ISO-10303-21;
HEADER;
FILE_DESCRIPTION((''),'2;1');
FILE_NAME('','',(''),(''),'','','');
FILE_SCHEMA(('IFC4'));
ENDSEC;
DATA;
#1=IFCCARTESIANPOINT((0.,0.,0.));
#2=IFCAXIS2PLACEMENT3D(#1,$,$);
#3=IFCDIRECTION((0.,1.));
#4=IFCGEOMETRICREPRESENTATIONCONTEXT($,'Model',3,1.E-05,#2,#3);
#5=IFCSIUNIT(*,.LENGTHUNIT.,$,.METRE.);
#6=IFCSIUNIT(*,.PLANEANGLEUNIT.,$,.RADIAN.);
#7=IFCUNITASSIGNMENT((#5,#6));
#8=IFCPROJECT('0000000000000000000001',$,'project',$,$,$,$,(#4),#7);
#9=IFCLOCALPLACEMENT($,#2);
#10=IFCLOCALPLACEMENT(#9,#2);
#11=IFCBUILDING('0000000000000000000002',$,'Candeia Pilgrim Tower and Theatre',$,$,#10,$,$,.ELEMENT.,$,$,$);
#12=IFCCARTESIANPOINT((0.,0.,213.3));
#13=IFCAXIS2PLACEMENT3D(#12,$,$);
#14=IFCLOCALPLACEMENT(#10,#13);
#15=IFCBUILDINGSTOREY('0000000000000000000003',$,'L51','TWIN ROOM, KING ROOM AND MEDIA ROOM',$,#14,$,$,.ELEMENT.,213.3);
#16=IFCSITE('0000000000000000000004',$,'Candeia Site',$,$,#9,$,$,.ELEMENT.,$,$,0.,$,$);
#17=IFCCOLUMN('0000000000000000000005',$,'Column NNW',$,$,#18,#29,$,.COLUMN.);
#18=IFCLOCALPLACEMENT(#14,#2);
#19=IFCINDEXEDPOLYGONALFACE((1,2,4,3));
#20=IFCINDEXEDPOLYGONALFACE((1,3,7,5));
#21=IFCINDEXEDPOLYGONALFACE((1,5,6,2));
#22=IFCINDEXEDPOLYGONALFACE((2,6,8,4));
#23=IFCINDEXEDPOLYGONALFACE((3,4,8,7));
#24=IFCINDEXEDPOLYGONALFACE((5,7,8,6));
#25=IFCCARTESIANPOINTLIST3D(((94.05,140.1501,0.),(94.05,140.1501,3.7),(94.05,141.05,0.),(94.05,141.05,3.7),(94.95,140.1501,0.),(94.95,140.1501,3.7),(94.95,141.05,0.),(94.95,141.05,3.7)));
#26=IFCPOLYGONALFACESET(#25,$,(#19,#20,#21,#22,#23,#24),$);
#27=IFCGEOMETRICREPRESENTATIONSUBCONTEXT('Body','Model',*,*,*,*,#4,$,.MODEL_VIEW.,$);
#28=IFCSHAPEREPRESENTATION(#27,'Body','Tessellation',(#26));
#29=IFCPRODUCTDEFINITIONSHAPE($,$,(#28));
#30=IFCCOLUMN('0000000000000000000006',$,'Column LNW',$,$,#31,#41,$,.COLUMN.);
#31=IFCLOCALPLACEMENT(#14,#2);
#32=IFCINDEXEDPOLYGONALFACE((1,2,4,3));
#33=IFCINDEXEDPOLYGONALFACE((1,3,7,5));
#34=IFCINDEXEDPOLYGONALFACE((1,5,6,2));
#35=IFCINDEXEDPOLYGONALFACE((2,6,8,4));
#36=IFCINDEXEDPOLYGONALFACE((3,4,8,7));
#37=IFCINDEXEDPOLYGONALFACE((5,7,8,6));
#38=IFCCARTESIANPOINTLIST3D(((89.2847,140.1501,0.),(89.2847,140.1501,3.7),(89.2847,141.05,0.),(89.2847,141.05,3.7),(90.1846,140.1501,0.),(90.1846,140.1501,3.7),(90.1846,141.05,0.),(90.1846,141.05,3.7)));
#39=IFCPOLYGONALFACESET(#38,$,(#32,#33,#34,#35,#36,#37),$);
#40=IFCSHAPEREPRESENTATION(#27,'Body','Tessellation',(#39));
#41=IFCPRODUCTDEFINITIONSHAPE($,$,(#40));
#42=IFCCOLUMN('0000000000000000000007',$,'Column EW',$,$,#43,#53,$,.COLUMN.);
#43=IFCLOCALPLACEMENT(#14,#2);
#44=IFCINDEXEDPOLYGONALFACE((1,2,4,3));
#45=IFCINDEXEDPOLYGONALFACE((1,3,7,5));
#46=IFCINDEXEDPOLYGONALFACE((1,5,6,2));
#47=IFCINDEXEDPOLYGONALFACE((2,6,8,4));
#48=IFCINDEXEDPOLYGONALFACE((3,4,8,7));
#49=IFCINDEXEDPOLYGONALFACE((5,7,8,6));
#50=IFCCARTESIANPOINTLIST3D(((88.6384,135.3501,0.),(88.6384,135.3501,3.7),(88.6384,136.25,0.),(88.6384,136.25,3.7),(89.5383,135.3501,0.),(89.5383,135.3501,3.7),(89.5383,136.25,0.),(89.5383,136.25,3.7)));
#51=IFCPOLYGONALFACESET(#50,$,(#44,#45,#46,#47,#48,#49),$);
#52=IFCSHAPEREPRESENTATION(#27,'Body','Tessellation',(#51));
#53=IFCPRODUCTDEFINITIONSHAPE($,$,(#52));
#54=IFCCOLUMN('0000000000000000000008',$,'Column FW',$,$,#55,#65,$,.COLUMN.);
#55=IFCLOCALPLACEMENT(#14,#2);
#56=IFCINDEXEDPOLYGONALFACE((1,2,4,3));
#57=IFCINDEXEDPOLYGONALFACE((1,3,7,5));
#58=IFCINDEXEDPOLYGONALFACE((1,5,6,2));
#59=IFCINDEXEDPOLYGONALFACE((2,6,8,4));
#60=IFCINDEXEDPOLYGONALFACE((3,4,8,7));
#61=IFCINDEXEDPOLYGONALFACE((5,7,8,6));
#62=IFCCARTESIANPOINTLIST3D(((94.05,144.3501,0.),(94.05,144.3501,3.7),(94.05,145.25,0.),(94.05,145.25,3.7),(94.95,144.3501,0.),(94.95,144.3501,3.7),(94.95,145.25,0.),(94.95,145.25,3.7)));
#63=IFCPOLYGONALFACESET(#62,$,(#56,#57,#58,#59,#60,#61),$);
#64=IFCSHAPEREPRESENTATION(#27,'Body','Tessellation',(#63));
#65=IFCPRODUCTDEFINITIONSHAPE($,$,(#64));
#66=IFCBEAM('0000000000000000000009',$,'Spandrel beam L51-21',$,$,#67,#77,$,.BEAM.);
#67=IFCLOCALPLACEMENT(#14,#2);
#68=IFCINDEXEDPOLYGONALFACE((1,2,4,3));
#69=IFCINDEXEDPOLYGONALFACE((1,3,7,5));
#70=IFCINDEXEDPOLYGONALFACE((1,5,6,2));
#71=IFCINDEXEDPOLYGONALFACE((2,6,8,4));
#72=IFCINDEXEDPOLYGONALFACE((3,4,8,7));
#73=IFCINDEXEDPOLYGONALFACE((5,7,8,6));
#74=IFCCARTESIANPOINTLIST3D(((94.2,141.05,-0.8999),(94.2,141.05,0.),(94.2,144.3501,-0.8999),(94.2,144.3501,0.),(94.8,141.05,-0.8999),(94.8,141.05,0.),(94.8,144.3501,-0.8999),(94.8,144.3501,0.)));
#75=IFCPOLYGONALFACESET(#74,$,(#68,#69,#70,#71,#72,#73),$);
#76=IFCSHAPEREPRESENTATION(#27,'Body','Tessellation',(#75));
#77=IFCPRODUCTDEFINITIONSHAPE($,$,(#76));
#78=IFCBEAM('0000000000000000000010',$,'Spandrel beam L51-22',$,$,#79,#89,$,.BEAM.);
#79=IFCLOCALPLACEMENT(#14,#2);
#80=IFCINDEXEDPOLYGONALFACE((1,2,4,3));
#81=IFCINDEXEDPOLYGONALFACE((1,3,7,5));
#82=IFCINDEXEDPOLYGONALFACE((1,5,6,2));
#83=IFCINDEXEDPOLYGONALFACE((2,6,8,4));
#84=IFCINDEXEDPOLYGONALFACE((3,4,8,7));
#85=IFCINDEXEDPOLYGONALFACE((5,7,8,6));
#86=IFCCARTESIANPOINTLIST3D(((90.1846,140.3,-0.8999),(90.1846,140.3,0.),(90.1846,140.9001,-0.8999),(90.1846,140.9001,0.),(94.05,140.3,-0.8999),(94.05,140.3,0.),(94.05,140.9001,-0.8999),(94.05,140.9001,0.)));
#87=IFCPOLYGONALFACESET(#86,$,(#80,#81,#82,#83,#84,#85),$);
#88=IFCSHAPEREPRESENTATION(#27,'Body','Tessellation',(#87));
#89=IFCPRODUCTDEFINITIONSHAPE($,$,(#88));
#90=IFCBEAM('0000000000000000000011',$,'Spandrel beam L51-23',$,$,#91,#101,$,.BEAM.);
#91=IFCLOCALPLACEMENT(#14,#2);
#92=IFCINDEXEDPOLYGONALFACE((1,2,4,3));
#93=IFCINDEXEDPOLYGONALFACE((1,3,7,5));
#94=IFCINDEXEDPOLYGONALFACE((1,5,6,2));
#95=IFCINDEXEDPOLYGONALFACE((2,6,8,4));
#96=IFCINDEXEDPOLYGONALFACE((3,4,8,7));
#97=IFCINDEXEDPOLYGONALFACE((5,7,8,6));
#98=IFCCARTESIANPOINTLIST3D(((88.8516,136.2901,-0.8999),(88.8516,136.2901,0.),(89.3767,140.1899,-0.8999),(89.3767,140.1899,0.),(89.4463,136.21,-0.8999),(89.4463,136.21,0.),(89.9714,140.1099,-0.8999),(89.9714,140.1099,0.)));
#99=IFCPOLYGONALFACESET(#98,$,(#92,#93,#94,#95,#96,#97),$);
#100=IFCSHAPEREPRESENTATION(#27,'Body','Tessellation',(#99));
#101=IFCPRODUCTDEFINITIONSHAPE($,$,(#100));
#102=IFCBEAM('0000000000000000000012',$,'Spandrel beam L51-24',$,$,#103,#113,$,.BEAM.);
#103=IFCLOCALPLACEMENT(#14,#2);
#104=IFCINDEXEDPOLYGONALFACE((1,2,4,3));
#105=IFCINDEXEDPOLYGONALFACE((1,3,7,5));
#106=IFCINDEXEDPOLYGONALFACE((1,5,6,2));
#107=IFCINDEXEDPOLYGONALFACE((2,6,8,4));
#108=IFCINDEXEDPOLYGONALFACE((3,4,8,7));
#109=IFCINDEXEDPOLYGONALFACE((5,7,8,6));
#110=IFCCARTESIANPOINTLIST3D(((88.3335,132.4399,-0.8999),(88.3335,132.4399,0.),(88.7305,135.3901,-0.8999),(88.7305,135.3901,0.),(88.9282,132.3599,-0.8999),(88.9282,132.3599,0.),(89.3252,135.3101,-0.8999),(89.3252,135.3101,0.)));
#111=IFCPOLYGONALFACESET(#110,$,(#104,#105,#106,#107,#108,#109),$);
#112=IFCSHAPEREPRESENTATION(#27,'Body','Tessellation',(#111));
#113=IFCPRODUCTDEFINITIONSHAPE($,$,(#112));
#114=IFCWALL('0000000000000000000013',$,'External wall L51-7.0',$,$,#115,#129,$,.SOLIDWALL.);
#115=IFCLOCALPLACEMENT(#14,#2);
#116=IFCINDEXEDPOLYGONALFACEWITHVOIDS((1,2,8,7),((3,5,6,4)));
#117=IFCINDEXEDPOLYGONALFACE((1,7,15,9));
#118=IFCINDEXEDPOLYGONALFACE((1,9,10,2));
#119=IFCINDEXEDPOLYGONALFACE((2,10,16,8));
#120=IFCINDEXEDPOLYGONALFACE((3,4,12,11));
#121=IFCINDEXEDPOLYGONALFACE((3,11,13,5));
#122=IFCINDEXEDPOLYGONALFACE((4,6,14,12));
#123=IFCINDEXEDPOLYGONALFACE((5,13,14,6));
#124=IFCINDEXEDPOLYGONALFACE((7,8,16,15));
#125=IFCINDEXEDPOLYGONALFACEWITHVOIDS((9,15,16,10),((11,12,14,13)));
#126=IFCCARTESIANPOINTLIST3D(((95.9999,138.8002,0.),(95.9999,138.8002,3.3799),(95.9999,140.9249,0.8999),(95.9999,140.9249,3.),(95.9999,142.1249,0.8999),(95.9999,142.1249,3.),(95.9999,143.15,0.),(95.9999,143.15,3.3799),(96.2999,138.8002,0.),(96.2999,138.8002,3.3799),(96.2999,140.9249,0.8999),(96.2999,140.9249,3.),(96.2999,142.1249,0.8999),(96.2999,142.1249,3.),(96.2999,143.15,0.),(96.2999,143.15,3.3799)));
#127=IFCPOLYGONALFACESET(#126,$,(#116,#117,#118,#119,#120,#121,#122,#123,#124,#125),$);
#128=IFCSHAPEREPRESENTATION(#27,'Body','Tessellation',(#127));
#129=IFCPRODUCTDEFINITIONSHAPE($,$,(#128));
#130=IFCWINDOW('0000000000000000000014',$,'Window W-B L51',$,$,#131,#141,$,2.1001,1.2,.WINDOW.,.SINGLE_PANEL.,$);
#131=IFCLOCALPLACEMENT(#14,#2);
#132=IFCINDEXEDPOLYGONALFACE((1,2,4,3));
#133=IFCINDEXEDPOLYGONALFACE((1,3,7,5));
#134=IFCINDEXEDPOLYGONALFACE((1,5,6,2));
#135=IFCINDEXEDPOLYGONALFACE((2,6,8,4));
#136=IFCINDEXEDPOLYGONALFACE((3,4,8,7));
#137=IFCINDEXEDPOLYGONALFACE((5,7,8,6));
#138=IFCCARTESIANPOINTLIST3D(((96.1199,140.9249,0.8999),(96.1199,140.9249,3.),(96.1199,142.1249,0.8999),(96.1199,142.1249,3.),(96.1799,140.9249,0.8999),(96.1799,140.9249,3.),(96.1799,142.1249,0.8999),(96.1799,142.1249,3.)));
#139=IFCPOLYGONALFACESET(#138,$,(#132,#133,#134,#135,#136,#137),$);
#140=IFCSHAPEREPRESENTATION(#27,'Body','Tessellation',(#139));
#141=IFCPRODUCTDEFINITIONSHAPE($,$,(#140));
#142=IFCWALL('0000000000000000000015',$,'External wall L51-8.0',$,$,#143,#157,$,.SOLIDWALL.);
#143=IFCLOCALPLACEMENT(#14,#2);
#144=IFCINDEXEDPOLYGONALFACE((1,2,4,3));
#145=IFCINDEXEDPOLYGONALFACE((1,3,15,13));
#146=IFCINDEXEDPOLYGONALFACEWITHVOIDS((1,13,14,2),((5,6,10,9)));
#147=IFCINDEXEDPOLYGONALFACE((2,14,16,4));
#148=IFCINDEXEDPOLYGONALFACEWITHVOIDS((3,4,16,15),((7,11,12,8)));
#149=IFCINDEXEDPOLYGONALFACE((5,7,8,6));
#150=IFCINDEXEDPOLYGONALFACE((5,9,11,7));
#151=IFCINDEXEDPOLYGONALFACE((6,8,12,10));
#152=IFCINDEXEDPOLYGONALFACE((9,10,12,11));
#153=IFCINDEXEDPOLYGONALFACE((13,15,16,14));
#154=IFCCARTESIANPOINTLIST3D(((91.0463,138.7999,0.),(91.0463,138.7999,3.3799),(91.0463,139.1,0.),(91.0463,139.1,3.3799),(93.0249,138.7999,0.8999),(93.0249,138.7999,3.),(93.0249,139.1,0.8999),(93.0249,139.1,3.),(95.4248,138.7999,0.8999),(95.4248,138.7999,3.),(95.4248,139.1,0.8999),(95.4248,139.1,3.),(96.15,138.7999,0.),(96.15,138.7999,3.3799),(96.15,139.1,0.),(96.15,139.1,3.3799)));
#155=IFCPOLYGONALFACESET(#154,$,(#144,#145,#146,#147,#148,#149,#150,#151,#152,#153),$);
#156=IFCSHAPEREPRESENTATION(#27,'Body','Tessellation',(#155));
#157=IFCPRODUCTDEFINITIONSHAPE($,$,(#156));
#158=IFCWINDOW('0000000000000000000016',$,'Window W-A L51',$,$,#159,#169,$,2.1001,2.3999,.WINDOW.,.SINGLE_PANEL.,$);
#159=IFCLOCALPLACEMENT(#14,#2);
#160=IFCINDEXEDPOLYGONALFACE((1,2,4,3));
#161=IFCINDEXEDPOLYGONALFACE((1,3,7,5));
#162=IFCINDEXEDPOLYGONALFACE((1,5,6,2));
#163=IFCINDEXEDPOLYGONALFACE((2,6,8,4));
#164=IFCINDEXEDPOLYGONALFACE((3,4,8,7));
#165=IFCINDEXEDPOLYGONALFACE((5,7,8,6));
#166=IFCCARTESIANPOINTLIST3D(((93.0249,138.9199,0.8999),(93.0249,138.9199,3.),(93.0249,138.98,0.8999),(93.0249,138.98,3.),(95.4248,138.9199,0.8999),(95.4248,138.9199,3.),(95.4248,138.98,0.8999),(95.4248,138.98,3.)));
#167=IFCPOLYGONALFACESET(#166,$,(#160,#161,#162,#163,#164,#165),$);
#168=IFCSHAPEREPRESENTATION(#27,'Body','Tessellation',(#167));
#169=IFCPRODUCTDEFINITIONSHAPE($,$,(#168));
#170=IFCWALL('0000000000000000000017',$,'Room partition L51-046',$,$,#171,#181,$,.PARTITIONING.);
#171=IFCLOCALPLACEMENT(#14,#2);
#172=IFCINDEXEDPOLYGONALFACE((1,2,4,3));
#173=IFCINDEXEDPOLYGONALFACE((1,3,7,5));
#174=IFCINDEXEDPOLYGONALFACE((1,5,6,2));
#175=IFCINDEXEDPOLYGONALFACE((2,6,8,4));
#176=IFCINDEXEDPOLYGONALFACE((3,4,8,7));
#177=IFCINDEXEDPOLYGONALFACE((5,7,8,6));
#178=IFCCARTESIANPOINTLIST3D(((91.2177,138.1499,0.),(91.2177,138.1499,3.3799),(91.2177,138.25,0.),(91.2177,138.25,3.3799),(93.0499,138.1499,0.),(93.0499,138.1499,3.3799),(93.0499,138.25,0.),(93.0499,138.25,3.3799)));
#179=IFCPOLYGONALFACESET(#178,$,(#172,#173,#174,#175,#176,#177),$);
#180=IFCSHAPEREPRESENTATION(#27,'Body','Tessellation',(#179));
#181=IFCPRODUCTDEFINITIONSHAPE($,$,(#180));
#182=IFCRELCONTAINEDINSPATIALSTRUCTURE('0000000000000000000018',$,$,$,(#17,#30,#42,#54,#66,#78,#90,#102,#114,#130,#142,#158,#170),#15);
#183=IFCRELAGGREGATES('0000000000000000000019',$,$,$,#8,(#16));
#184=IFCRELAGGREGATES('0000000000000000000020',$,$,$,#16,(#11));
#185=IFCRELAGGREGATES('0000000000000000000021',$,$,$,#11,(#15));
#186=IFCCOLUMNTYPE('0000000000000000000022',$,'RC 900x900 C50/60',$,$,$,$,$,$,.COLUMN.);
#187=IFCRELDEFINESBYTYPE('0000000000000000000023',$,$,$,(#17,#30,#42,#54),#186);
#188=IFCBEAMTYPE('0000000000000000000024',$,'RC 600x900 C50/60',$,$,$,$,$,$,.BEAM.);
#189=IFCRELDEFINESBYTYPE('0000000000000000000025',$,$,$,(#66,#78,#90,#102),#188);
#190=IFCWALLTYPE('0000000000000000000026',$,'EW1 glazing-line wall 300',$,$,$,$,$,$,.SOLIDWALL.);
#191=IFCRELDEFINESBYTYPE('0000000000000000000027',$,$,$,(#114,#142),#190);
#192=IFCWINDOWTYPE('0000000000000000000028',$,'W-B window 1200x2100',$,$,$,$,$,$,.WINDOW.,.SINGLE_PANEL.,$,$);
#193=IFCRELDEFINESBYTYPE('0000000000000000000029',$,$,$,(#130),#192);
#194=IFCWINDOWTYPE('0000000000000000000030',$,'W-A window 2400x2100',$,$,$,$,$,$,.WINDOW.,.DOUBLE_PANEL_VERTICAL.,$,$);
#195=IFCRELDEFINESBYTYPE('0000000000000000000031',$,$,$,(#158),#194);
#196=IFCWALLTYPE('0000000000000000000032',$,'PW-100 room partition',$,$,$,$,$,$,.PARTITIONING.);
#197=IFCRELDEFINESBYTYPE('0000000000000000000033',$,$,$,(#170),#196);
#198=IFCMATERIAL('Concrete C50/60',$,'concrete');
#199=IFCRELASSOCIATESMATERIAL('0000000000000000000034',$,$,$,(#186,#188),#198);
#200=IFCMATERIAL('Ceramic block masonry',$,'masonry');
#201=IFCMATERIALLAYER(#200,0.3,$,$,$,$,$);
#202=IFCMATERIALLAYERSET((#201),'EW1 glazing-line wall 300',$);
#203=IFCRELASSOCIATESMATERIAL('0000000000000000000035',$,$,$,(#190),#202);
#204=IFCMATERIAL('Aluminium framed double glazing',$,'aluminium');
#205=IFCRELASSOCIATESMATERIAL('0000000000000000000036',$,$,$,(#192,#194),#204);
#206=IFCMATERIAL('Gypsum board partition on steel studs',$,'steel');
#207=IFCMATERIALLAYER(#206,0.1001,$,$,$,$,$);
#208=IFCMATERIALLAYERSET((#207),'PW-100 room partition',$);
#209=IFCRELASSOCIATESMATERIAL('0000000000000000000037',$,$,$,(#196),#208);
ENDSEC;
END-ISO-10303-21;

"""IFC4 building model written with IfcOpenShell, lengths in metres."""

from ifc_helpers import new_model, si_unit, direction, frame, frame_2d, origin, origin_2d, place, context, subcontext, project, spatial, rectangle, extrude, material, layer, layer_set, material_profile, profile_set, type_object, element, fill, save


model = new_model("IFC4")

# Units and contexts
model_context = context("Model", 3, precision=1e-05, world=origin(), true_north=direction((0.0, 1.0)))
body_context = subcontext(model_context, "Body", "Model", "MODEL_VIEW")
ifc_project = project(units=[si_unit("LENGTHUNIT", "METRE"), si_unit("PLANEANGLEUNIT", "RADIAN")], contexts=[model_context])

# Site, building, storey
site_placement = place(None, origin())
site = spatial("IfcSite", under=ifc_project, at=site_placement, Name="Candeia Site", CompositionType="ELEMENT", RefElevation=0.0)
building_placement = place(site_placement, origin())
building = spatial("IfcBuilding", under=site, at=building_placement, Name="Candeia Pilgrim Tower and Theatre", CompositionType="ELEMENT")
storey_placement = place(building_placement, frame((0.0, 0.0, 213.3)))
storey = spatial("IfcBuildingStorey", under=building, at=storey_placement, Name="L51", Description="TWIN ROOM, KING ROOM AND MEDIA ROOM", CompositionType="ELEMENT", Elevation=213.3)

# Columns
ifc_material_1 = material(Name="Concrete C50/60", Category="concrete")
ifc_material_profile_1 = material_profile(ifc_material_1, rectangle(XDim=0.8999, YDim=0.8999, at=origin_2d()))
ifc_profile_set_1 = profile_set([ifc_material_profile_1], Name="Concrete C50/60")
column_type = type_object("IfcColumnType", Name="RC 900x900 C50/60", PredefinedType="COLUMN", material=ifc_profile_set_1)
for number, where, z_axis, x_axis, name in (
    (1, (94.5, 140.6001, 0.0), (0.0, 0.0, 1.0), (1.0, 0.0, 0.0), "Column NNW"),
    (2, (89.7346, 140.6001, 0.0), (0.0, 0.0, 1.0), (1.0, 0.0, 0.0), "Column LNW"),
    (3, (89.0884, 135.8, 0.0), (0.0, 0.0, 1.0), (1.0, 0.0, 0.0), "Column EW"),
    (4, (94.5, 144.8, 0.0), (0.0, 0.0, 1.0), (1.0, 0.0, 0.0), "Column FW"),
):
    element("IfcColumn", number, at=place(storey_placement, frame(where, z_axis=z_axis, x_axis=x_axis)), inside=storey, type_object=column_type, Name=name, PredefinedType="COLUMN", context=body_context, shape_type="SweptSolid", body=[
        extrude(rectangle(XDim=0.8999, YDim=0.8999, at=origin_2d()), origin(), (0.0, 0.0, 1.0), 3.7),
    ])

# Beams
ifc_material_profile_2 = material_profile(ifc_material_1, rectangle(XDim=0.6001, YDim=0.8999, at=origin_2d()))
ifc_profile_set_2 = profile_set([ifc_material_profile_2], Name="Concrete C50/60")
beam_type = type_object("IfcBeamType", Name="RC 600x900 C50/60", PredefinedType="BEAM", material=ifc_profile_set_2)
beam_1_placement = place(storey_placement, frame((94.5, 144.3501, -0.45), z_axis=(0.0, -1.0, 0.0), x_axis=(1.0, 0.0, 0.0)))
element("IfcBeam", 5, at=beam_1_placement, inside=storey, type_object=beam_type, Name="Spandrel beam L51-21", PredefinedType="BEAM", context=body_context, shape_type="SweptSolid", body=[
    extrude(rectangle(XDim=0.6001, YDim=0.8999, at=origin_2d()), origin(), (0.0, 0.0, 1.0), 3.3),
])
beam_2_placement = place(storey_placement, frame((94.05, 140.6001, -0.45), z_axis=(-1.0, 0.0, 0.0), x_axis=(0.0, -1.0, 0.0)))
element("IfcBeam", 6, at=beam_2_placement, inside=storey, type_object=beam_type, Name="Spandrel beam L51-22", PredefinedType="BEAM", context=body_context, shape_type="SweptSolid", body=[
    extrude(rectangle(XDim=0.6001, YDim=0.8999, at=origin_2d()), origin(), (0.0, 0.0, 1.0), 3.8655),
])
beam_3_placement = place(storey_placement, frame((89.6741, 140.1499, -0.45), z_axis=(-0.133452, -0.991055, 0.0), x_axis=(0.991055, -0.133452, 0.0)))
element("IfcBeam", 7, at=beam_3_placement, inside=storey, type_object=beam_type, Name="Spandrel beam L51-23", PredefinedType="BEAM", context=body_context, shape_type="SweptSolid", body=[
    extrude(rectangle(XDim=0.6001, YDim=0.8999, at=origin_2d()), origin(), (0.0, 0.0, 1.0), 3.9351),
])
beam_4_placement = place(storey_placement, frame((89.0278, 135.3501, -0.45), z_axis=(-0.133356, -0.991068, 0.0), x_axis=(0.991068, -0.133356, 0.0)))
element("IfcBeam", 8, at=beam_4_placement, inside=storey, type_object=beam_type, Name="Spandrel beam L51-24", PredefinedType="BEAM", context=body_context, shape_type="SweptSolid", body=[
    extrude(rectangle(XDim=0.6001, YDim=0.8999, at=origin_2d()), origin(), (0.0, 0.0, 1.0), 2.9768),
])

# Walls, openings, windows
ifc_material_2 = material(Name="Ceramic block masonry", Category="masonry")
ifc_layer_1 = layer(ifc_material_2, 0.3)
ifc_layer_set_1 = layer_set([ifc_layer_1], Name="EW1 glazing-line wall 300")
wall_type_1 = type_object("IfcWallType", Name="EW1 glazing-line wall 300", PredefinedType="SOLIDWALL", material=ifc_layer_set_1)
wall_1_placement = place(storey_placement, frame((96.1499, 143.1499, 0.0), z_axis=(0.0, 0.0, 1.0), x_axis=(0.0, -1.0, 0.0)))
wall_1 = element("IfcWall", 9, at=wall_1_placement, inside=storey, type_object=wall_type_1, Name="External wall L51-7.0", PredefinedType="SOLIDWALL", context=body_context, shape_type="SweptSolid", body=[
    extrude(rectangle(XDim=4.3499, YDim=0.3, at=frame_2d((2.1748, 0.0))), origin(), (0.0, 0.0, 1.0), 3.3799),
])
opening_1_placement = place(wall_1_placement, frame((1.0249, 0.0, 0.8999)))
opening_1 = element("IfcOpeningElement", 10, at=opening_1_placement, cuts=wall_1, PredefinedType="OPENING", context=body_context, shape_type="SweptSolid", body=[
    extrude(rectangle(XDim=1.2, YDim=2.1001, at=frame_2d((0.6001, 1.05))), frame((0.0, 0.1602, 0.0), z_axis=(0.0, -1.0, 0.0), x_axis=(1.0, 0.0, 0.0)), (0.0, 0.0, 1.0), 0.3201),
])
ifc_material_3 = material(Name="Aluminium framed double glazing", Category="aluminium")
window_type_1 = type_object("IfcWindowType", Name="W-B window 1200x2100", PartitioningType="SINGLE_PANEL", PredefinedType="WINDOW", material=ifc_material_3)
window_1_placement = place(opening_1_placement, origin())
window_1 = element("IfcWindow", 11, at=window_1_placement, inside=storey, type_object=window_type_1, Name="Window W-B L51", OverallHeight=2.1001, OverallWidth=1.2, PartitioningType="SINGLE_PANEL", PredefinedType="WINDOW", context=body_context, shape_type="SweptSolid", body=[
    extrude(rectangle(XDim=1.2, YDim=2.1001, at=frame_2d((0.6001, 1.05))), frame((0.0, 0.03, 0.0), z_axis=(0.0, -1.0, 0.0), x_axis=(1.0, 0.0, 0.0)), (0.0, 0.0, 1.0), 0.0601),
])
fill(opening_1, window_1)
wall_2_placement = place(storey_placement, frame((96.1499, 138.95, 0.0), z_axis=(0.0, 0.0, 1.0), x_axis=(-1.0, 0.0, 0.0)))
wall_2 = element("IfcWall", 12, at=wall_2_placement, inside=storey, type_object=wall_type_1, Name="External wall L51-8.0", PredefinedType="SOLIDWALL", context=body_context, shape_type="SweptSolid", body=[
    extrude(rectangle(XDim=5.1038, YDim=0.3, at=frame_2d((2.5518, 0.0))), origin(), (0.0, 0.0, 1.0), 3.3799),
])
opening_2_placement = place(wall_2_placement, frame((0.7251, 0.0, 0.8999)))
opening_2 = element("IfcOpeningElement", 13, at=opening_2_placement, cuts=wall_2, PredefinedType="OPENING", context=body_context, shape_type="SweptSolid", body=[
    extrude(rectangle(XDim=2.3999, YDim=2.1001, at=frame_2d((1.2, 1.05))), frame((0.0, 0.1602, 0.0), z_axis=(0.0, -1.0, 0.0), x_axis=(1.0, 0.0, 0.0)), (0.0, 0.0, 1.0), 0.3201),
])
window_type_2 = type_object("IfcWindowType", Name="W-A window 2400x2100", PartitioningType="DOUBLE_PANEL_VERTICAL", PredefinedType="WINDOW", material=ifc_material_3)
window_2_placement = place(opening_2_placement, origin())
window_2 = element("IfcWindow", 14, at=window_2_placement, inside=storey, type_object=window_type_2, Name="Window W-A L51", OverallHeight=2.1001, OverallWidth=2.3999, PartitioningType="SINGLE_PANEL", PredefinedType="WINDOW", context=body_context, shape_type="SweptSolid", body=[
    extrude(rectangle(XDim=2.3999, YDim=2.1001, at=frame_2d((1.2, 1.05))), frame((0.0, 0.03, 0.0), z_axis=(0.0, -1.0, 0.0), x_axis=(1.0, 0.0, 0.0)), (0.0, 0.0, 1.0), 0.0601),
])
fill(opening_2, window_2)

# Wall
ifc_material_4 = material(Name="Gypsum board partition on steel studs", Category="steel")
ifc_layer_2 = layer(ifc_material_4, 0.1001)
ifc_layer_set_2 = layer_set([ifc_layer_2], Name="PW-100 room partition")
wall_type_2 = type_object("IfcWallType", Name="PW-100 room partition", PredefinedType="PARTITIONING", material=ifc_layer_set_2)
wall_3_placement = place(storey_placement, frame((91.2178, 138.2, 0.0), z_axis=(0.0, 0.0, 1.0), x_axis=(1.0, 0.0, 0.0)))
element("IfcWall", 15, at=wall_3_placement, inside=storey, type_object=wall_type_2, Name="Room partition L51-046", PredefinedType="PARTITIONING", context=body_context, shape_type="SweptSolid", body=[
    extrude(rectangle(XDim=1.8323, YDim=0.1001, at=frame_2d((0.916, 0.0))), origin(), (0.0, 0.0, 1.0), 3.3799),
])

save(model, "model.ifc")
